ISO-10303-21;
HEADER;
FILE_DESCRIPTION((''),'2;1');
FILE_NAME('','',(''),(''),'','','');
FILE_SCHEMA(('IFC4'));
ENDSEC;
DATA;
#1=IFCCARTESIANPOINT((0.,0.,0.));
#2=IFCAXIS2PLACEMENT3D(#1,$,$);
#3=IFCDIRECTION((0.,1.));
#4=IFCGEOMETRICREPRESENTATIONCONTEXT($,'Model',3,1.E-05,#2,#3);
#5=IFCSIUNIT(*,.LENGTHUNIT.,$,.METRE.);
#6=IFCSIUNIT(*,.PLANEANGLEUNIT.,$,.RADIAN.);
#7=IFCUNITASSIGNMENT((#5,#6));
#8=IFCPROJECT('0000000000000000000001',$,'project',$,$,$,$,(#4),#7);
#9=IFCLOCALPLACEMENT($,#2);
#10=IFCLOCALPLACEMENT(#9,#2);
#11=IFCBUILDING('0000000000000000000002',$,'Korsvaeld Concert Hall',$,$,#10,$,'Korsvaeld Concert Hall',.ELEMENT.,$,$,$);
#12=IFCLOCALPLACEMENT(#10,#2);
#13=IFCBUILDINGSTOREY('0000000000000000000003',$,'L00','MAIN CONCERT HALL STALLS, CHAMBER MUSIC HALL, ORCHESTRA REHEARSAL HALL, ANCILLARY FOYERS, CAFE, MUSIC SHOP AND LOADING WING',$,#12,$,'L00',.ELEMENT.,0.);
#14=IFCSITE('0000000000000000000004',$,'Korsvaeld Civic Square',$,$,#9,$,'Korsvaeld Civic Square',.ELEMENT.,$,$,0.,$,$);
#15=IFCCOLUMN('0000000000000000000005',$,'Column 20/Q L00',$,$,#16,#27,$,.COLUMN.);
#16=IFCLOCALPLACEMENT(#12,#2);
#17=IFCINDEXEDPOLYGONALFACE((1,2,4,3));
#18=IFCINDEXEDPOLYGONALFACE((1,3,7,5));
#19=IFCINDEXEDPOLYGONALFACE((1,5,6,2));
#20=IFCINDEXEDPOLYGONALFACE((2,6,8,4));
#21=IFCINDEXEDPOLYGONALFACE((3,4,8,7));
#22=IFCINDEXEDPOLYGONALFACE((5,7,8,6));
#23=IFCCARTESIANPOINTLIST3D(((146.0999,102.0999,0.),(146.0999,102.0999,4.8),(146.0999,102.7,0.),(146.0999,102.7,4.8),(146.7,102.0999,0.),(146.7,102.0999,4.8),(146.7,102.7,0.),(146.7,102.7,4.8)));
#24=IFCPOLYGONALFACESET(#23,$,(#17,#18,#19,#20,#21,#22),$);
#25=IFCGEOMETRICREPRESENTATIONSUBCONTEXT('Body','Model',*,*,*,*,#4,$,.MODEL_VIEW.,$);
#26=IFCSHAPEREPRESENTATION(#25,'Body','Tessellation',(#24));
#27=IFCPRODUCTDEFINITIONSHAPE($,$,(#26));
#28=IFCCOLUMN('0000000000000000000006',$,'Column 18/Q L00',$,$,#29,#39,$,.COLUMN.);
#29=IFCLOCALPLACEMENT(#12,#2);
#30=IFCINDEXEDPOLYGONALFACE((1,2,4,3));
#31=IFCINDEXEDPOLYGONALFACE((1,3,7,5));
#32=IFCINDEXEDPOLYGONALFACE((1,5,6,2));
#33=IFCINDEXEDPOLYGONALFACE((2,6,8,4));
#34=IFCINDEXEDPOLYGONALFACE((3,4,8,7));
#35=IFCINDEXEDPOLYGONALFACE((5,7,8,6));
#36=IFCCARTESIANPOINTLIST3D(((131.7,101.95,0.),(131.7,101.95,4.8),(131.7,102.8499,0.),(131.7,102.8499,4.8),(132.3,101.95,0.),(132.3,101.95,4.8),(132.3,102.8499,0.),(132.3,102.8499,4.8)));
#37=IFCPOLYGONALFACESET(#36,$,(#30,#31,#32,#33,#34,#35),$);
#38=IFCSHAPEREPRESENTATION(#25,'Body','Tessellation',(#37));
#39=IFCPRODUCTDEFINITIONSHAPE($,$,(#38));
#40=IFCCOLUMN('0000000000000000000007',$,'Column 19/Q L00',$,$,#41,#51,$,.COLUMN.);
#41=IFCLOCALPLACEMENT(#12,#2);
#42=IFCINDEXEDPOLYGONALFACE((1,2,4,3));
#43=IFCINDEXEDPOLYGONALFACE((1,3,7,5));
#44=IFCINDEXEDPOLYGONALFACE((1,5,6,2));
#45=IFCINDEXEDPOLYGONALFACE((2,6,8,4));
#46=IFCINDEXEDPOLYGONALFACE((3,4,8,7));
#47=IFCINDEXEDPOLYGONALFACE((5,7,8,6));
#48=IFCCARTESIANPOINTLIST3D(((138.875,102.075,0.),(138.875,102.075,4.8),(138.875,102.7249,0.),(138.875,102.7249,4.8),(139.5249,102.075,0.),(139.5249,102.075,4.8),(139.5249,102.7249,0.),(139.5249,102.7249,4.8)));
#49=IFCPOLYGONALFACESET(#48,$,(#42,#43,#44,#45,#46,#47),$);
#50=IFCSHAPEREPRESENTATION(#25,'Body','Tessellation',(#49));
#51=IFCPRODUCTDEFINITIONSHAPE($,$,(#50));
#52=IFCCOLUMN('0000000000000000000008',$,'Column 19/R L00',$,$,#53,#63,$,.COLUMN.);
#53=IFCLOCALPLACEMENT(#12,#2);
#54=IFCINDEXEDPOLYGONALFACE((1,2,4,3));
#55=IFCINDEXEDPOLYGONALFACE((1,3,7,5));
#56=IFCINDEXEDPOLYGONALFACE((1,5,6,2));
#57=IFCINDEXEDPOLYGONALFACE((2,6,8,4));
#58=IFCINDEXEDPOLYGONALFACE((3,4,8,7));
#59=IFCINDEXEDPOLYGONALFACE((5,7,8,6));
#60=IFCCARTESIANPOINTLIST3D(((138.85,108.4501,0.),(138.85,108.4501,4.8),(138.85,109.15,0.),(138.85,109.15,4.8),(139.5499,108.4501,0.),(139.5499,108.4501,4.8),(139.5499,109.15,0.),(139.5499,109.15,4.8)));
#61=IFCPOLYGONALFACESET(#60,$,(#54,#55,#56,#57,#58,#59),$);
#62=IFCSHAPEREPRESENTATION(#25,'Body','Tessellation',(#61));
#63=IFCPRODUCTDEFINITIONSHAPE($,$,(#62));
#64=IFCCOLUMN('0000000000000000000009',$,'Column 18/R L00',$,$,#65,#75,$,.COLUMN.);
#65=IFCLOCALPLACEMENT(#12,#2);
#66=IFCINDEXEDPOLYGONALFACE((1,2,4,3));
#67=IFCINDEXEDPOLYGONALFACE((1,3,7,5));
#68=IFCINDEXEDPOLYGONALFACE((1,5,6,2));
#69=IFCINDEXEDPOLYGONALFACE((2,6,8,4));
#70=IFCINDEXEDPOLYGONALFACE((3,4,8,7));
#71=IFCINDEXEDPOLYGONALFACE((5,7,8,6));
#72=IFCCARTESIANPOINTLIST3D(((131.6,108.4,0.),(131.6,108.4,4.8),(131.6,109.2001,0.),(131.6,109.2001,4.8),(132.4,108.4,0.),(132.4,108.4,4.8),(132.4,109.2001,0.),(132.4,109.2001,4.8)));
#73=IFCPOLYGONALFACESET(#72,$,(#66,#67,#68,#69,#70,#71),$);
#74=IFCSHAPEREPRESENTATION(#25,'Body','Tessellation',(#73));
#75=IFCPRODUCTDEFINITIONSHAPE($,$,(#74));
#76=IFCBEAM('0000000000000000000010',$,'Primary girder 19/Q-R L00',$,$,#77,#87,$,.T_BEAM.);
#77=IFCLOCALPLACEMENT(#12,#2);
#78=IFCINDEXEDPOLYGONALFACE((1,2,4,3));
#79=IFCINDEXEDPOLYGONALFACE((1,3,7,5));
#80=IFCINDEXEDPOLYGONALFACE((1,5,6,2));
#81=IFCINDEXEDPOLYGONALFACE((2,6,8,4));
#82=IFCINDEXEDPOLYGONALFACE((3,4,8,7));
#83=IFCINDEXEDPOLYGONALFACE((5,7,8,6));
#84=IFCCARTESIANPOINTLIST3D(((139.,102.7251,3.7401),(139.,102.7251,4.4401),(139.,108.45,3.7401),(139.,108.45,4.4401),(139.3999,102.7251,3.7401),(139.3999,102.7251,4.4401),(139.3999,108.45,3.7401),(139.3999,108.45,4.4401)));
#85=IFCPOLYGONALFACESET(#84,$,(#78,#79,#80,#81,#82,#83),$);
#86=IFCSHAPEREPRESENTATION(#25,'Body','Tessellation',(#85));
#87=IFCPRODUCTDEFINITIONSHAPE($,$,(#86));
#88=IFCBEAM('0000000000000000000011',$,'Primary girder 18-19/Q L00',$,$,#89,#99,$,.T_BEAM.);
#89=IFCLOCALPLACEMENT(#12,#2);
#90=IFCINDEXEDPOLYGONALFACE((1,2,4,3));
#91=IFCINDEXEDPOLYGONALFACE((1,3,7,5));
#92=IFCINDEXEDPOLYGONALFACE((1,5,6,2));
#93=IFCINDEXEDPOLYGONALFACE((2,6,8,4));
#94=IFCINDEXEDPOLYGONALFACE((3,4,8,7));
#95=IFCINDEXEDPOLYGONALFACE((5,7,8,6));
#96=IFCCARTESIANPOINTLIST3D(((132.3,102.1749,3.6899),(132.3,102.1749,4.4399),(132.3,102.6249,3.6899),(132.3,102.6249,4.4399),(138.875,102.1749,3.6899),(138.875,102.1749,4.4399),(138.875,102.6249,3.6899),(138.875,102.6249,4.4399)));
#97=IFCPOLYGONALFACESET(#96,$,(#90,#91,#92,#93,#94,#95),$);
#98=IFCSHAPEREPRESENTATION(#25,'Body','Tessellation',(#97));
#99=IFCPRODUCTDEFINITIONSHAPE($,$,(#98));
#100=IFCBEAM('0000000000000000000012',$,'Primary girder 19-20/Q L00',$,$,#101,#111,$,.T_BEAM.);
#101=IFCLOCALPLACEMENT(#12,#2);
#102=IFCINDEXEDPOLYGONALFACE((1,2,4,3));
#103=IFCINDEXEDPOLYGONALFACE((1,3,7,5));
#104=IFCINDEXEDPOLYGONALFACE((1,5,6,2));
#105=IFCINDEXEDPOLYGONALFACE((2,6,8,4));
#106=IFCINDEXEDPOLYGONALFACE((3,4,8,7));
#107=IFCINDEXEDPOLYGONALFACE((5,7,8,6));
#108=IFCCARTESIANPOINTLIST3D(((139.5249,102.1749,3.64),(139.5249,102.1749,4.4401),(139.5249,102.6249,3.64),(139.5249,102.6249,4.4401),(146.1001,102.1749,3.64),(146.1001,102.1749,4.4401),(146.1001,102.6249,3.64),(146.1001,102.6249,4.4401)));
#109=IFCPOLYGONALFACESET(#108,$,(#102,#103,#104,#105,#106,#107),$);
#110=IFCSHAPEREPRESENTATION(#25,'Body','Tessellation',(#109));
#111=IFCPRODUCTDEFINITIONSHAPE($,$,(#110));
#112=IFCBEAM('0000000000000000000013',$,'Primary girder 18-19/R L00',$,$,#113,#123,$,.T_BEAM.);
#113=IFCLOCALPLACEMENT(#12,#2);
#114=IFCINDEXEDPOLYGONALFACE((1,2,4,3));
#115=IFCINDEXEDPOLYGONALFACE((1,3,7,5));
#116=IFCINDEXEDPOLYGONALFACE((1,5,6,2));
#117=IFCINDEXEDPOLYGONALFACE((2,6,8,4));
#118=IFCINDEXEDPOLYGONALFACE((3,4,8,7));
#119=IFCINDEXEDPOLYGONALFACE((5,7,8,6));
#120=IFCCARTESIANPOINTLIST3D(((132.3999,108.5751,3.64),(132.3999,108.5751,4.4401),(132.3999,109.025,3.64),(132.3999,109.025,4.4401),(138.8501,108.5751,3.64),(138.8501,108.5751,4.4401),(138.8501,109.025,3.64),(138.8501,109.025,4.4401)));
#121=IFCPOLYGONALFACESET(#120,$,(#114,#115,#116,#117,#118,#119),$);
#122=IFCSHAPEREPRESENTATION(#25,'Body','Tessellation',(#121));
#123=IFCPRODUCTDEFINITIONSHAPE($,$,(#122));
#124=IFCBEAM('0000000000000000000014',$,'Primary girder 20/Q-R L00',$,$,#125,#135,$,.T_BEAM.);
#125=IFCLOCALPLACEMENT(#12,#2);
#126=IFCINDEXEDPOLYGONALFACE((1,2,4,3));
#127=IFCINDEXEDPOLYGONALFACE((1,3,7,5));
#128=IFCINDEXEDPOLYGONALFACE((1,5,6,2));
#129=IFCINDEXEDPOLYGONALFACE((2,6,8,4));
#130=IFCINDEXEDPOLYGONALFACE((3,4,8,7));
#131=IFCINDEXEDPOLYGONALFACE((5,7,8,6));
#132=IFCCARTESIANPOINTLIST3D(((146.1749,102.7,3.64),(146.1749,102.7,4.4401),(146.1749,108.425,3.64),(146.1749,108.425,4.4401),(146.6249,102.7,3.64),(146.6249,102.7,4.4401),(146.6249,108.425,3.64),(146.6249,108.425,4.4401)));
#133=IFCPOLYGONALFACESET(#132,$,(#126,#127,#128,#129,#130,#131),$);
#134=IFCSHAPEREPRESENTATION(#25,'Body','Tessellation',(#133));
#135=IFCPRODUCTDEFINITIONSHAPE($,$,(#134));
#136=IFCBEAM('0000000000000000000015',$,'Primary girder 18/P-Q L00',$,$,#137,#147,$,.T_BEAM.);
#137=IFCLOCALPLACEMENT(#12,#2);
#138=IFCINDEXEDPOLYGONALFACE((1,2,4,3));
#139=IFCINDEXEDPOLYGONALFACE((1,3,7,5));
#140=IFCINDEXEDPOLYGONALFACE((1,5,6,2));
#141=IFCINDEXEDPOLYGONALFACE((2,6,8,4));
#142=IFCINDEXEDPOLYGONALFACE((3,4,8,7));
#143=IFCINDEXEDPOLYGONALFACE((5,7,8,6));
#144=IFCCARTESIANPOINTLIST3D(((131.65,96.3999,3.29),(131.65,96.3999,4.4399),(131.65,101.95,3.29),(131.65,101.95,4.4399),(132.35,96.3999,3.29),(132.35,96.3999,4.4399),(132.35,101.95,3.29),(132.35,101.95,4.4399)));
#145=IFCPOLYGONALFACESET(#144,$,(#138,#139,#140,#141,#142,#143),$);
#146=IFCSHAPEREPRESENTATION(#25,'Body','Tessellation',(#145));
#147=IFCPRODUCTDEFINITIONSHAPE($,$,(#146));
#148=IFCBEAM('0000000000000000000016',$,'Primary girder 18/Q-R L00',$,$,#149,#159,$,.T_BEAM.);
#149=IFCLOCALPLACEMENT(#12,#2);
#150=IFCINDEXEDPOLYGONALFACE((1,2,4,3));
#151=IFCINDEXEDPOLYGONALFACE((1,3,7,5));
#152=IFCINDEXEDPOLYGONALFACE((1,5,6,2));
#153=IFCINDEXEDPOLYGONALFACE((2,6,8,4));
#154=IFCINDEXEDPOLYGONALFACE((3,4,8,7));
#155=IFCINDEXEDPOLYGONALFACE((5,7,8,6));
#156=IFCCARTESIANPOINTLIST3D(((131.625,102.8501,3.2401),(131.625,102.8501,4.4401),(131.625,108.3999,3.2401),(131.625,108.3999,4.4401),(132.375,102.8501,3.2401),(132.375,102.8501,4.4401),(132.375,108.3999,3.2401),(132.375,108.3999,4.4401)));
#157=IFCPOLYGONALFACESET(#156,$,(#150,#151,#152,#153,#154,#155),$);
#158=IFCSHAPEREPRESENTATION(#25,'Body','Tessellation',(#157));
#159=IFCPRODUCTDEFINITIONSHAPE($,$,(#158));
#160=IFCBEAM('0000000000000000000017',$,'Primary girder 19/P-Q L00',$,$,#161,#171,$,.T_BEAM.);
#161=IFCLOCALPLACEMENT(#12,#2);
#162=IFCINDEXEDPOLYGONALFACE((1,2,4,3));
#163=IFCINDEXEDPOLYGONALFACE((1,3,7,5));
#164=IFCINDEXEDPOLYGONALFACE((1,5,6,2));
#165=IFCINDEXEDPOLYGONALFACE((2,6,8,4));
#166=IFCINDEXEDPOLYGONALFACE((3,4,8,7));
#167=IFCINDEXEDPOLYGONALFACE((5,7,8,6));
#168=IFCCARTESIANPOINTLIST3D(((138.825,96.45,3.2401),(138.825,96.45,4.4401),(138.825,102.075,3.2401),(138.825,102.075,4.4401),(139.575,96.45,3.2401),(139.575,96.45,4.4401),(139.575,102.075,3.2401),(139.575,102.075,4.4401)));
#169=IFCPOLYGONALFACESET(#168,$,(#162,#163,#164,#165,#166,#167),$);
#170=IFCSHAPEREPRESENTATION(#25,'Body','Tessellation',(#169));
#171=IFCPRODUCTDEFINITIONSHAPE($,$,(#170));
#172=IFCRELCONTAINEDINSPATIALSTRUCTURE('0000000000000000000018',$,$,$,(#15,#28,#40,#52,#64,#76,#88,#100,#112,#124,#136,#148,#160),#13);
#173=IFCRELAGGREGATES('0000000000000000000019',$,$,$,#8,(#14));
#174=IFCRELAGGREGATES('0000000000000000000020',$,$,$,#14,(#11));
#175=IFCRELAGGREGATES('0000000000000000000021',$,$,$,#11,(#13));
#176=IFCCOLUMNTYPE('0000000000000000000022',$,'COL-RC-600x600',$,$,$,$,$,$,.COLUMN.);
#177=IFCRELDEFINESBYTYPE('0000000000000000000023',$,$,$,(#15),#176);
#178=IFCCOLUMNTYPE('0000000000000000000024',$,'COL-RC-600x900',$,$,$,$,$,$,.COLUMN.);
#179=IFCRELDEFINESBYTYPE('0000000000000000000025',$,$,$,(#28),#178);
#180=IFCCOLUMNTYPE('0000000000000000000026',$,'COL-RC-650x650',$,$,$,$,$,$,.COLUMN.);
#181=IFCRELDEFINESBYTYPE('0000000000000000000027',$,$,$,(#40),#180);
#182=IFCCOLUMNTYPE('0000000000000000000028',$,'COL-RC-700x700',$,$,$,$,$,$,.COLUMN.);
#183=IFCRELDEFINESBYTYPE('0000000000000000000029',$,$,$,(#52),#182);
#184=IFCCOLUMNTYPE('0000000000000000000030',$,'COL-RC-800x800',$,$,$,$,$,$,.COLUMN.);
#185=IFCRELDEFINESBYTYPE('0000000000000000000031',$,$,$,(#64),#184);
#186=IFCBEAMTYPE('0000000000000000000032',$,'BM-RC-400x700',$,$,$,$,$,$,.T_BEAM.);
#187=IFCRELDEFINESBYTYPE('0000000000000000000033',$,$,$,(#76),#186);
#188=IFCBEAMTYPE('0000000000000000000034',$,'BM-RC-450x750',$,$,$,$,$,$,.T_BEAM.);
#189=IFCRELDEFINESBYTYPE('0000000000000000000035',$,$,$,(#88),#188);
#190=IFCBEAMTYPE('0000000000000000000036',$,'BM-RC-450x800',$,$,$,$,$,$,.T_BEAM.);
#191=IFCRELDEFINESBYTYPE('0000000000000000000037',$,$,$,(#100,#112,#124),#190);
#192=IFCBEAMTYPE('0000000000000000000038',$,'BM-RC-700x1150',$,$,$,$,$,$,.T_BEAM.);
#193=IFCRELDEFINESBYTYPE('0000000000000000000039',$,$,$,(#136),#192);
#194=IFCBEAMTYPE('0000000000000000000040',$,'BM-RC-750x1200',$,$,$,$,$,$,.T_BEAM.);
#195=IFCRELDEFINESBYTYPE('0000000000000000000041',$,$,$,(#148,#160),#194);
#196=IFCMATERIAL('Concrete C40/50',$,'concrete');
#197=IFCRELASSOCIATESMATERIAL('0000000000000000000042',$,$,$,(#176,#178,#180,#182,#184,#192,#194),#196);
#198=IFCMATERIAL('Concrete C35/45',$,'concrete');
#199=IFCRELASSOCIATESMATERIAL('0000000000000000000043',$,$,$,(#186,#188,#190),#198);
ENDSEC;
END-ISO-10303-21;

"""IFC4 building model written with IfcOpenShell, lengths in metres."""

from ifc_helpers import new_model, si_unit, direction, frame, origin, origin_2d, place, context, subcontext, project, spatial, rectangle, extrude, material, material_profile, profile_set, type_object, element, save


model = new_model("IFC4")

# Units and contexts
model_context = context("Model", 3, precision=1e-05, world=origin(), true_north=direction((0.0, 1.0)))
body_context = subcontext(model_context, "Body", "Model", "MODEL_VIEW")
ifc_project = project(units=[si_unit("LENGTHUNIT", "METRE"), si_unit("PLANEANGLEUNIT", "RADIAN")], contexts=[model_context])

# Site, building, storey
site_placement = place(None, origin())
site = spatial("IfcSite", under=ifc_project, at=site_placement, Name="Korsvaeld Civic Square", LongName="Korsvaeld Civic Square", CompositionType="ELEMENT", RefElevation=0.0)
building_placement = place(site_placement, origin())
building = spatial("IfcBuilding", under=site, at=building_placement, Name="Korsvaeld Concert Hall", LongName="Korsvaeld Concert Hall", CompositionType="ELEMENT")
storey_placement = place(building_placement, origin())
storey = spatial("IfcBuildingStorey", under=building, at=storey_placement, Name="L00", Description="MAIN CONCERT HALL STALLS, CHAMBER MUSIC HALL, ORCHESTRA REHEARSAL HALL, ANCILLARY FOYERS, CAFE, MUSIC SHOP AND LOADING WING", LongName="L00", CompositionType="ELEMENT", Elevation=0.0)

# Columns
ifc_material_1 = material(Name="Concrete C40/50", Category="concrete")
ifc_material_profile_1 = material_profile(ifc_material_1, rectangle(XDim=0.6001, YDim=0.6001, at=origin_2d()), Name="RC 600x600")
ifc_profile_set_1 = profile_set([ifc_material_profile_1], Name="Concrete C40/50")
column_type_1 = type_object("IfcColumnType", Name="COL-RC-600x600", PredefinedType="COLUMN", material=ifc_profile_set_1)
column_1_placement = place(storey_placement, frame((146.3999, 102.3999, 0.0), z_axis=(0.0, 0.0, 1.0), x_axis=(1.0, 0.0, 0.0)))
element("IfcColumn", 1, at=column_1_placement, inside=storey, type_object=column_type_1, Name="Column 20/Q L00", PredefinedType="COLUMN", context=body_context, shape_type="SweptSolid", body=[
    extrude(rectangle(XDim=0.6001, YDim=0.6001, at=origin_2d()), origin(), (0.0, 0.0, 1.0), 4.8),
])
ifc_material_profile_2 = material_profile(ifc_material_1, rectangle(XDim=0.6001, YDim=0.8999, at=origin_2d()), Name="RC 600x900")
ifc_profile_set_2 = profile_set([ifc_material_profile_2], Name="Concrete C40/50")
column_type_2 = type_object("IfcColumnType", Name="COL-RC-600x900", PredefinedType="COLUMN", material=ifc_profile_set_2)
column_2_placement = place(storey_placement, frame((132.0, 102.3999, 0.0), z_axis=(0.0, 0.0, 1.0), x_axis=(1.0, 0.0, 0.0)))
element("IfcColumn", 2, at=column_2_placement, inside=storey, type_object=column_type_2, Name="Column 18/Q L00", PredefinedType="COLUMN", context=body_context, shape_type="SweptSolid", body=[
    extrude(rectangle(XDim=0.6001, YDim=0.8999, at=origin_2d()), origin(), (0.0, 0.0, 1.0), 4.8),
])
ifc_material_profile_3 = material_profile(ifc_material_1, rectangle(XDim=0.6499, YDim=0.6499, at=origin_2d()), Name="RC 650x650")
ifc_profile_set_3 = profile_set([ifc_material_profile_3], Name="Concrete C40/50")
column_type_3 = type_object("IfcColumnType", Name="COL-RC-650x650", PredefinedType="COLUMN", material=ifc_profile_set_3)
column_3_placement = place(storey_placement, frame((139.2, 102.3999, 0.0), z_axis=(0.0, 0.0, 1.0), x_axis=(1.0, 0.0, 0.0)))
element("IfcColumn", 3, at=column_3_placement, inside=storey, type_object=column_type_3, Name="Column 19/Q L00", PredefinedType="COLUMN", context=body_context, shape_type="SweptSolid", body=[
    extrude(rectangle(XDim=0.6499, YDim=0.6499, at=origin_2d()), origin(), (0.0, 0.0, 1.0), 4.8),
])
ifc_material_profile_4 = material_profile(ifc_material_1, rectangle(XDim=0.7, YDim=0.7, at=origin_2d()), Name="RC 700x700")
ifc_profile_set_4 = profile_set([ifc_material_profile_4], Name="Concrete C40/50")
column_type_4 = type_object("IfcColumnType", Name="COL-RC-700x700", PredefinedType="COLUMN", material=ifc_profile_set_4)
column_4_placement = place(storey_placement, frame((139.2, 108.8, 0.0), z_axis=(0.0, 0.0, 1.0), x_axis=(1.0, 0.0, 0.0)))
element("IfcColumn", 4, at=column_4_placement, inside=storey, type_object=column_type_4, Name="Column 19/R L00", PredefinedType="COLUMN", context=body_context, shape_type="SweptSolid", body=[
    extrude(rectangle(XDim=0.7, YDim=0.7, at=origin_2d()), origin(), (0.0, 0.0, 1.0), 4.8),
])
ifc_material_profile_5 = material_profile(ifc_material_1, rectangle(XDim=0.8, YDim=0.8, at=origin_2d()), Name="RC 800x800")
ifc_profile_set_5 = profile_set([ifc_material_profile_5], Name="Concrete C40/50")
column_type_5 = type_object("IfcColumnType", Name="COL-RC-800x800", PredefinedType="COLUMN", material=ifc_profile_set_5)
column_5_placement = place(storey_placement, frame((132.0, 108.8, 0.0), z_axis=(0.0, 0.0, 1.0), x_axis=(1.0, 0.0, 0.0)))
element("IfcColumn", 5, at=column_5_placement, inside=storey, type_object=column_type_5, Name="Column 18/R L00", PredefinedType="COLUMN", context=body_context, shape_type="SweptSolid", body=[
    extrude(rectangle(XDim=0.8, YDim=0.8, at=origin_2d()), origin(), (0.0, 0.0, 1.0), 4.8),
])

# Beams
ifc_material_2 = material(Name="Concrete C35/45", Category="concrete")
ifc_material_profile_6 = material_profile(ifc_material_2, rectangle(XDim=0.3999, YDim=0.7, at=origin_2d()), Name="RC 400x700")
ifc_profile_set_6 = profile_set([ifc_material_profile_6], Name="Concrete C35/45")
beam_type_1 = type_object("IfcBeamType", Name="BM-RC-400x700", PredefinedType="T_BEAM", material=ifc_profile_set_6)
beam_1_placement = place(storey_placement, frame((139.2, 102.7251, 4.0901), z_axis=(0.0, 1.0, 0.0), x_axis=(-1.0, 0.0, 0.0)))
element("IfcBeam", 6, at=beam_1_placement, inside=storey, type_object=beam_type_1, Name="Primary girder 19/Q-R L00", PredefinedType="T_BEAM", context=body_context, shape_type="SweptSolid", body=[
    extrude(rectangle(XDim=0.3999, YDim=0.7, at=origin_2d()), origin(), (0.0, 0.0, 1.0), 5.7249),
])
ifc_material_profile_7 = material_profile(ifc_material_2, rectangle(XDim=0.45, YDim=0.75, at=origin_2d()), Name="RC 450x750")
ifc_profile_set_7 = profile_set([ifc_material_profile_7], Name="Concrete C35/45")
beam_type_2 = type_object("IfcBeamType", Name="BM-RC-450x750", PredefinedType="T_BEAM", material=ifc_profile_set_7)
beam_2_placement = place(storey_placement, frame((132.3, 102.3999, 4.0649), z_axis=(1.0, 0.0, 0.0), x_axis=(0.0, 1.0, 0.0)))
element("IfcBeam", 7, at=beam_2_placement, inside=storey, type_object=beam_type_2, Name="Primary girder 18-19/Q L00", PredefinedType="T_BEAM", context=body_context, shape_type="SweptSolid", body=[
    extrude(rectangle(XDim=0.45, YDim=0.75, at=origin_2d()), origin(), (0.0, 0.0, 1.0), 6.575),
])
ifc_material_profile_8 = material_profile(ifc_material_2, rectangle(XDim=0.45, YDim=0.8, at=origin_2d()), Name="RC 450x800")
ifc_profile_set_8 = profile_set([ifc_material_profile_8], Name="Concrete C35/45")
beam_type_3 = type_object("IfcBeamType", Name="BM-RC-450x800", PredefinedType="T_BEAM", material=ifc_profile_set_8)
beam_3_placement = place(storey_placement, frame((139.5249, 102.3999, 4.04), z_axis=(1.0, 0.0, 0.0), x_axis=(0.0, 1.0, 0.0)))
element("IfcBeam", 8, at=beam_3_placement, inside=storey, type_object=beam_type_3, Name="Primary girder 19-20/Q L00", PredefinedType="T_BEAM", context=body_context, shape_type="SweptSolid", body=[
    extrude(rectangle(XDim=0.45, YDim=0.8, at=origin_2d()), origin(), (0.0, 0.0, 1.0), 6.5752),
])
beam_4_placement = place(storey_placement, frame((132.3999, 108.8, 4.04), z_axis=(1.0, 0.0, 0.0), x_axis=(0.0, 1.0, 0.0)))
element("IfcBeam", 9, at=beam_4_placement, inside=storey, type_object=beam_type_3, Name="Primary girder 18-19/R L00", PredefinedType="T_BEAM", context=body_context, shape_type="SweptSolid", body=[
    extrude(rectangle(XDim=0.45, YDim=0.8, at=origin_2d()), origin(), (0.0, 0.0, 1.0), 6.4502),
])
beam_5_placement = place(storey_placement, frame((146.3999, 102.7, 4.04), z_axis=(0.0, 1.0, 0.0), x_axis=(-1.0, 0.0, 0.0)))
element("IfcBeam", 10, at=beam_5_placement, inside=storey, type_object=beam_type_3, Name="Primary girder 20/Q-R L00", PredefinedType="T_BEAM", context=body_context, shape_type="SweptSolid", body=[
    extrude(rectangle(XDim=0.45, YDim=0.8, at=origin_2d()), origin(), (0.0, 0.0, 1.0), 5.7251),
])
ifc_material_profile_9 = material_profile(ifc_material_1, rectangle(XDim=0.7, YDim=1.1499, at=origin_2d()), Name="RC 700x1150")
ifc_profile_set_9 = profile_set([ifc_material_profile_9], Name="Concrete C40/50")
beam_type_4 = type_object("IfcBeamType", Name="BM-RC-700x1150", PredefinedType="T_BEAM", material=ifc_profile_set_9)
beam_6_placement = place(storey_placement, frame((132.0, 96.3999, 3.865), z_axis=(0.0, 1.0, 0.0), x_axis=(-1.0, 0.0, 0.0)))
element("IfcBeam", 11, at=beam_6_placement, inside=storey, type_object=beam_type_4, Name="Primary girder 18/P-Q L00", PredefinedType="T_BEAM", context=body_context, shape_type="SweptSolid", body=[
    extrude(rectangle(XDim=0.7, YDim=1.1499, at=origin_2d()), origin(), (0.0, 0.0, 1.0), 5.55),
])
ifc_material_profile_10 = material_profile(ifc_material_1, rectangle(XDim=0.75, YDim=1.2, at=origin_2d()), Name="RC 750x1200")
ifc_profile_set_10 = profile_set([ifc_material_profile_10], Name="Concrete C40/50")
beam_type_5 = type_object("IfcBeamType", Name="BM-RC-750x1200", PredefinedType="T_BEAM", material=ifc_profile_set_10)
beam_7_placement = place(storey_placement, frame((132.0, 102.8501, 3.8401), z_axis=(0.0, 1.0, 0.0), x_axis=(-1.0, 0.0, 0.0)))
element("IfcBeam", 12, at=beam_7_placement, inside=storey, type_object=beam_type_5, Name="Primary girder 18/Q-R L00", PredefinedType="T_BEAM", context=body_context, shape_type="SweptSolid", body=[
    extrude(rectangle(XDim=0.75, YDim=1.2, at=origin_2d()), origin(), (0.0, 0.0, 1.0), 5.5498),
])
beam_8_placement = place(storey_placement, frame((139.2, 96.45, 3.8401), z_axis=(0.0, 1.0, 0.0), x_axis=(-1.0, 0.0, 0.0)))
element("IfcBeam", 13, at=beam_8_placement, inside=storey, type_object=beam_type_5, Name="Primary girder 19/P-Q L00", PredefinedType="T_BEAM", context=body_context, shape_type="SweptSolid", body=[
    extrude(rectangle(XDim=0.75, YDim=1.2, at=origin_2d()), origin(), (0.0, 0.0, 1.0), 5.625),
])

save(model, "model.ifc")
